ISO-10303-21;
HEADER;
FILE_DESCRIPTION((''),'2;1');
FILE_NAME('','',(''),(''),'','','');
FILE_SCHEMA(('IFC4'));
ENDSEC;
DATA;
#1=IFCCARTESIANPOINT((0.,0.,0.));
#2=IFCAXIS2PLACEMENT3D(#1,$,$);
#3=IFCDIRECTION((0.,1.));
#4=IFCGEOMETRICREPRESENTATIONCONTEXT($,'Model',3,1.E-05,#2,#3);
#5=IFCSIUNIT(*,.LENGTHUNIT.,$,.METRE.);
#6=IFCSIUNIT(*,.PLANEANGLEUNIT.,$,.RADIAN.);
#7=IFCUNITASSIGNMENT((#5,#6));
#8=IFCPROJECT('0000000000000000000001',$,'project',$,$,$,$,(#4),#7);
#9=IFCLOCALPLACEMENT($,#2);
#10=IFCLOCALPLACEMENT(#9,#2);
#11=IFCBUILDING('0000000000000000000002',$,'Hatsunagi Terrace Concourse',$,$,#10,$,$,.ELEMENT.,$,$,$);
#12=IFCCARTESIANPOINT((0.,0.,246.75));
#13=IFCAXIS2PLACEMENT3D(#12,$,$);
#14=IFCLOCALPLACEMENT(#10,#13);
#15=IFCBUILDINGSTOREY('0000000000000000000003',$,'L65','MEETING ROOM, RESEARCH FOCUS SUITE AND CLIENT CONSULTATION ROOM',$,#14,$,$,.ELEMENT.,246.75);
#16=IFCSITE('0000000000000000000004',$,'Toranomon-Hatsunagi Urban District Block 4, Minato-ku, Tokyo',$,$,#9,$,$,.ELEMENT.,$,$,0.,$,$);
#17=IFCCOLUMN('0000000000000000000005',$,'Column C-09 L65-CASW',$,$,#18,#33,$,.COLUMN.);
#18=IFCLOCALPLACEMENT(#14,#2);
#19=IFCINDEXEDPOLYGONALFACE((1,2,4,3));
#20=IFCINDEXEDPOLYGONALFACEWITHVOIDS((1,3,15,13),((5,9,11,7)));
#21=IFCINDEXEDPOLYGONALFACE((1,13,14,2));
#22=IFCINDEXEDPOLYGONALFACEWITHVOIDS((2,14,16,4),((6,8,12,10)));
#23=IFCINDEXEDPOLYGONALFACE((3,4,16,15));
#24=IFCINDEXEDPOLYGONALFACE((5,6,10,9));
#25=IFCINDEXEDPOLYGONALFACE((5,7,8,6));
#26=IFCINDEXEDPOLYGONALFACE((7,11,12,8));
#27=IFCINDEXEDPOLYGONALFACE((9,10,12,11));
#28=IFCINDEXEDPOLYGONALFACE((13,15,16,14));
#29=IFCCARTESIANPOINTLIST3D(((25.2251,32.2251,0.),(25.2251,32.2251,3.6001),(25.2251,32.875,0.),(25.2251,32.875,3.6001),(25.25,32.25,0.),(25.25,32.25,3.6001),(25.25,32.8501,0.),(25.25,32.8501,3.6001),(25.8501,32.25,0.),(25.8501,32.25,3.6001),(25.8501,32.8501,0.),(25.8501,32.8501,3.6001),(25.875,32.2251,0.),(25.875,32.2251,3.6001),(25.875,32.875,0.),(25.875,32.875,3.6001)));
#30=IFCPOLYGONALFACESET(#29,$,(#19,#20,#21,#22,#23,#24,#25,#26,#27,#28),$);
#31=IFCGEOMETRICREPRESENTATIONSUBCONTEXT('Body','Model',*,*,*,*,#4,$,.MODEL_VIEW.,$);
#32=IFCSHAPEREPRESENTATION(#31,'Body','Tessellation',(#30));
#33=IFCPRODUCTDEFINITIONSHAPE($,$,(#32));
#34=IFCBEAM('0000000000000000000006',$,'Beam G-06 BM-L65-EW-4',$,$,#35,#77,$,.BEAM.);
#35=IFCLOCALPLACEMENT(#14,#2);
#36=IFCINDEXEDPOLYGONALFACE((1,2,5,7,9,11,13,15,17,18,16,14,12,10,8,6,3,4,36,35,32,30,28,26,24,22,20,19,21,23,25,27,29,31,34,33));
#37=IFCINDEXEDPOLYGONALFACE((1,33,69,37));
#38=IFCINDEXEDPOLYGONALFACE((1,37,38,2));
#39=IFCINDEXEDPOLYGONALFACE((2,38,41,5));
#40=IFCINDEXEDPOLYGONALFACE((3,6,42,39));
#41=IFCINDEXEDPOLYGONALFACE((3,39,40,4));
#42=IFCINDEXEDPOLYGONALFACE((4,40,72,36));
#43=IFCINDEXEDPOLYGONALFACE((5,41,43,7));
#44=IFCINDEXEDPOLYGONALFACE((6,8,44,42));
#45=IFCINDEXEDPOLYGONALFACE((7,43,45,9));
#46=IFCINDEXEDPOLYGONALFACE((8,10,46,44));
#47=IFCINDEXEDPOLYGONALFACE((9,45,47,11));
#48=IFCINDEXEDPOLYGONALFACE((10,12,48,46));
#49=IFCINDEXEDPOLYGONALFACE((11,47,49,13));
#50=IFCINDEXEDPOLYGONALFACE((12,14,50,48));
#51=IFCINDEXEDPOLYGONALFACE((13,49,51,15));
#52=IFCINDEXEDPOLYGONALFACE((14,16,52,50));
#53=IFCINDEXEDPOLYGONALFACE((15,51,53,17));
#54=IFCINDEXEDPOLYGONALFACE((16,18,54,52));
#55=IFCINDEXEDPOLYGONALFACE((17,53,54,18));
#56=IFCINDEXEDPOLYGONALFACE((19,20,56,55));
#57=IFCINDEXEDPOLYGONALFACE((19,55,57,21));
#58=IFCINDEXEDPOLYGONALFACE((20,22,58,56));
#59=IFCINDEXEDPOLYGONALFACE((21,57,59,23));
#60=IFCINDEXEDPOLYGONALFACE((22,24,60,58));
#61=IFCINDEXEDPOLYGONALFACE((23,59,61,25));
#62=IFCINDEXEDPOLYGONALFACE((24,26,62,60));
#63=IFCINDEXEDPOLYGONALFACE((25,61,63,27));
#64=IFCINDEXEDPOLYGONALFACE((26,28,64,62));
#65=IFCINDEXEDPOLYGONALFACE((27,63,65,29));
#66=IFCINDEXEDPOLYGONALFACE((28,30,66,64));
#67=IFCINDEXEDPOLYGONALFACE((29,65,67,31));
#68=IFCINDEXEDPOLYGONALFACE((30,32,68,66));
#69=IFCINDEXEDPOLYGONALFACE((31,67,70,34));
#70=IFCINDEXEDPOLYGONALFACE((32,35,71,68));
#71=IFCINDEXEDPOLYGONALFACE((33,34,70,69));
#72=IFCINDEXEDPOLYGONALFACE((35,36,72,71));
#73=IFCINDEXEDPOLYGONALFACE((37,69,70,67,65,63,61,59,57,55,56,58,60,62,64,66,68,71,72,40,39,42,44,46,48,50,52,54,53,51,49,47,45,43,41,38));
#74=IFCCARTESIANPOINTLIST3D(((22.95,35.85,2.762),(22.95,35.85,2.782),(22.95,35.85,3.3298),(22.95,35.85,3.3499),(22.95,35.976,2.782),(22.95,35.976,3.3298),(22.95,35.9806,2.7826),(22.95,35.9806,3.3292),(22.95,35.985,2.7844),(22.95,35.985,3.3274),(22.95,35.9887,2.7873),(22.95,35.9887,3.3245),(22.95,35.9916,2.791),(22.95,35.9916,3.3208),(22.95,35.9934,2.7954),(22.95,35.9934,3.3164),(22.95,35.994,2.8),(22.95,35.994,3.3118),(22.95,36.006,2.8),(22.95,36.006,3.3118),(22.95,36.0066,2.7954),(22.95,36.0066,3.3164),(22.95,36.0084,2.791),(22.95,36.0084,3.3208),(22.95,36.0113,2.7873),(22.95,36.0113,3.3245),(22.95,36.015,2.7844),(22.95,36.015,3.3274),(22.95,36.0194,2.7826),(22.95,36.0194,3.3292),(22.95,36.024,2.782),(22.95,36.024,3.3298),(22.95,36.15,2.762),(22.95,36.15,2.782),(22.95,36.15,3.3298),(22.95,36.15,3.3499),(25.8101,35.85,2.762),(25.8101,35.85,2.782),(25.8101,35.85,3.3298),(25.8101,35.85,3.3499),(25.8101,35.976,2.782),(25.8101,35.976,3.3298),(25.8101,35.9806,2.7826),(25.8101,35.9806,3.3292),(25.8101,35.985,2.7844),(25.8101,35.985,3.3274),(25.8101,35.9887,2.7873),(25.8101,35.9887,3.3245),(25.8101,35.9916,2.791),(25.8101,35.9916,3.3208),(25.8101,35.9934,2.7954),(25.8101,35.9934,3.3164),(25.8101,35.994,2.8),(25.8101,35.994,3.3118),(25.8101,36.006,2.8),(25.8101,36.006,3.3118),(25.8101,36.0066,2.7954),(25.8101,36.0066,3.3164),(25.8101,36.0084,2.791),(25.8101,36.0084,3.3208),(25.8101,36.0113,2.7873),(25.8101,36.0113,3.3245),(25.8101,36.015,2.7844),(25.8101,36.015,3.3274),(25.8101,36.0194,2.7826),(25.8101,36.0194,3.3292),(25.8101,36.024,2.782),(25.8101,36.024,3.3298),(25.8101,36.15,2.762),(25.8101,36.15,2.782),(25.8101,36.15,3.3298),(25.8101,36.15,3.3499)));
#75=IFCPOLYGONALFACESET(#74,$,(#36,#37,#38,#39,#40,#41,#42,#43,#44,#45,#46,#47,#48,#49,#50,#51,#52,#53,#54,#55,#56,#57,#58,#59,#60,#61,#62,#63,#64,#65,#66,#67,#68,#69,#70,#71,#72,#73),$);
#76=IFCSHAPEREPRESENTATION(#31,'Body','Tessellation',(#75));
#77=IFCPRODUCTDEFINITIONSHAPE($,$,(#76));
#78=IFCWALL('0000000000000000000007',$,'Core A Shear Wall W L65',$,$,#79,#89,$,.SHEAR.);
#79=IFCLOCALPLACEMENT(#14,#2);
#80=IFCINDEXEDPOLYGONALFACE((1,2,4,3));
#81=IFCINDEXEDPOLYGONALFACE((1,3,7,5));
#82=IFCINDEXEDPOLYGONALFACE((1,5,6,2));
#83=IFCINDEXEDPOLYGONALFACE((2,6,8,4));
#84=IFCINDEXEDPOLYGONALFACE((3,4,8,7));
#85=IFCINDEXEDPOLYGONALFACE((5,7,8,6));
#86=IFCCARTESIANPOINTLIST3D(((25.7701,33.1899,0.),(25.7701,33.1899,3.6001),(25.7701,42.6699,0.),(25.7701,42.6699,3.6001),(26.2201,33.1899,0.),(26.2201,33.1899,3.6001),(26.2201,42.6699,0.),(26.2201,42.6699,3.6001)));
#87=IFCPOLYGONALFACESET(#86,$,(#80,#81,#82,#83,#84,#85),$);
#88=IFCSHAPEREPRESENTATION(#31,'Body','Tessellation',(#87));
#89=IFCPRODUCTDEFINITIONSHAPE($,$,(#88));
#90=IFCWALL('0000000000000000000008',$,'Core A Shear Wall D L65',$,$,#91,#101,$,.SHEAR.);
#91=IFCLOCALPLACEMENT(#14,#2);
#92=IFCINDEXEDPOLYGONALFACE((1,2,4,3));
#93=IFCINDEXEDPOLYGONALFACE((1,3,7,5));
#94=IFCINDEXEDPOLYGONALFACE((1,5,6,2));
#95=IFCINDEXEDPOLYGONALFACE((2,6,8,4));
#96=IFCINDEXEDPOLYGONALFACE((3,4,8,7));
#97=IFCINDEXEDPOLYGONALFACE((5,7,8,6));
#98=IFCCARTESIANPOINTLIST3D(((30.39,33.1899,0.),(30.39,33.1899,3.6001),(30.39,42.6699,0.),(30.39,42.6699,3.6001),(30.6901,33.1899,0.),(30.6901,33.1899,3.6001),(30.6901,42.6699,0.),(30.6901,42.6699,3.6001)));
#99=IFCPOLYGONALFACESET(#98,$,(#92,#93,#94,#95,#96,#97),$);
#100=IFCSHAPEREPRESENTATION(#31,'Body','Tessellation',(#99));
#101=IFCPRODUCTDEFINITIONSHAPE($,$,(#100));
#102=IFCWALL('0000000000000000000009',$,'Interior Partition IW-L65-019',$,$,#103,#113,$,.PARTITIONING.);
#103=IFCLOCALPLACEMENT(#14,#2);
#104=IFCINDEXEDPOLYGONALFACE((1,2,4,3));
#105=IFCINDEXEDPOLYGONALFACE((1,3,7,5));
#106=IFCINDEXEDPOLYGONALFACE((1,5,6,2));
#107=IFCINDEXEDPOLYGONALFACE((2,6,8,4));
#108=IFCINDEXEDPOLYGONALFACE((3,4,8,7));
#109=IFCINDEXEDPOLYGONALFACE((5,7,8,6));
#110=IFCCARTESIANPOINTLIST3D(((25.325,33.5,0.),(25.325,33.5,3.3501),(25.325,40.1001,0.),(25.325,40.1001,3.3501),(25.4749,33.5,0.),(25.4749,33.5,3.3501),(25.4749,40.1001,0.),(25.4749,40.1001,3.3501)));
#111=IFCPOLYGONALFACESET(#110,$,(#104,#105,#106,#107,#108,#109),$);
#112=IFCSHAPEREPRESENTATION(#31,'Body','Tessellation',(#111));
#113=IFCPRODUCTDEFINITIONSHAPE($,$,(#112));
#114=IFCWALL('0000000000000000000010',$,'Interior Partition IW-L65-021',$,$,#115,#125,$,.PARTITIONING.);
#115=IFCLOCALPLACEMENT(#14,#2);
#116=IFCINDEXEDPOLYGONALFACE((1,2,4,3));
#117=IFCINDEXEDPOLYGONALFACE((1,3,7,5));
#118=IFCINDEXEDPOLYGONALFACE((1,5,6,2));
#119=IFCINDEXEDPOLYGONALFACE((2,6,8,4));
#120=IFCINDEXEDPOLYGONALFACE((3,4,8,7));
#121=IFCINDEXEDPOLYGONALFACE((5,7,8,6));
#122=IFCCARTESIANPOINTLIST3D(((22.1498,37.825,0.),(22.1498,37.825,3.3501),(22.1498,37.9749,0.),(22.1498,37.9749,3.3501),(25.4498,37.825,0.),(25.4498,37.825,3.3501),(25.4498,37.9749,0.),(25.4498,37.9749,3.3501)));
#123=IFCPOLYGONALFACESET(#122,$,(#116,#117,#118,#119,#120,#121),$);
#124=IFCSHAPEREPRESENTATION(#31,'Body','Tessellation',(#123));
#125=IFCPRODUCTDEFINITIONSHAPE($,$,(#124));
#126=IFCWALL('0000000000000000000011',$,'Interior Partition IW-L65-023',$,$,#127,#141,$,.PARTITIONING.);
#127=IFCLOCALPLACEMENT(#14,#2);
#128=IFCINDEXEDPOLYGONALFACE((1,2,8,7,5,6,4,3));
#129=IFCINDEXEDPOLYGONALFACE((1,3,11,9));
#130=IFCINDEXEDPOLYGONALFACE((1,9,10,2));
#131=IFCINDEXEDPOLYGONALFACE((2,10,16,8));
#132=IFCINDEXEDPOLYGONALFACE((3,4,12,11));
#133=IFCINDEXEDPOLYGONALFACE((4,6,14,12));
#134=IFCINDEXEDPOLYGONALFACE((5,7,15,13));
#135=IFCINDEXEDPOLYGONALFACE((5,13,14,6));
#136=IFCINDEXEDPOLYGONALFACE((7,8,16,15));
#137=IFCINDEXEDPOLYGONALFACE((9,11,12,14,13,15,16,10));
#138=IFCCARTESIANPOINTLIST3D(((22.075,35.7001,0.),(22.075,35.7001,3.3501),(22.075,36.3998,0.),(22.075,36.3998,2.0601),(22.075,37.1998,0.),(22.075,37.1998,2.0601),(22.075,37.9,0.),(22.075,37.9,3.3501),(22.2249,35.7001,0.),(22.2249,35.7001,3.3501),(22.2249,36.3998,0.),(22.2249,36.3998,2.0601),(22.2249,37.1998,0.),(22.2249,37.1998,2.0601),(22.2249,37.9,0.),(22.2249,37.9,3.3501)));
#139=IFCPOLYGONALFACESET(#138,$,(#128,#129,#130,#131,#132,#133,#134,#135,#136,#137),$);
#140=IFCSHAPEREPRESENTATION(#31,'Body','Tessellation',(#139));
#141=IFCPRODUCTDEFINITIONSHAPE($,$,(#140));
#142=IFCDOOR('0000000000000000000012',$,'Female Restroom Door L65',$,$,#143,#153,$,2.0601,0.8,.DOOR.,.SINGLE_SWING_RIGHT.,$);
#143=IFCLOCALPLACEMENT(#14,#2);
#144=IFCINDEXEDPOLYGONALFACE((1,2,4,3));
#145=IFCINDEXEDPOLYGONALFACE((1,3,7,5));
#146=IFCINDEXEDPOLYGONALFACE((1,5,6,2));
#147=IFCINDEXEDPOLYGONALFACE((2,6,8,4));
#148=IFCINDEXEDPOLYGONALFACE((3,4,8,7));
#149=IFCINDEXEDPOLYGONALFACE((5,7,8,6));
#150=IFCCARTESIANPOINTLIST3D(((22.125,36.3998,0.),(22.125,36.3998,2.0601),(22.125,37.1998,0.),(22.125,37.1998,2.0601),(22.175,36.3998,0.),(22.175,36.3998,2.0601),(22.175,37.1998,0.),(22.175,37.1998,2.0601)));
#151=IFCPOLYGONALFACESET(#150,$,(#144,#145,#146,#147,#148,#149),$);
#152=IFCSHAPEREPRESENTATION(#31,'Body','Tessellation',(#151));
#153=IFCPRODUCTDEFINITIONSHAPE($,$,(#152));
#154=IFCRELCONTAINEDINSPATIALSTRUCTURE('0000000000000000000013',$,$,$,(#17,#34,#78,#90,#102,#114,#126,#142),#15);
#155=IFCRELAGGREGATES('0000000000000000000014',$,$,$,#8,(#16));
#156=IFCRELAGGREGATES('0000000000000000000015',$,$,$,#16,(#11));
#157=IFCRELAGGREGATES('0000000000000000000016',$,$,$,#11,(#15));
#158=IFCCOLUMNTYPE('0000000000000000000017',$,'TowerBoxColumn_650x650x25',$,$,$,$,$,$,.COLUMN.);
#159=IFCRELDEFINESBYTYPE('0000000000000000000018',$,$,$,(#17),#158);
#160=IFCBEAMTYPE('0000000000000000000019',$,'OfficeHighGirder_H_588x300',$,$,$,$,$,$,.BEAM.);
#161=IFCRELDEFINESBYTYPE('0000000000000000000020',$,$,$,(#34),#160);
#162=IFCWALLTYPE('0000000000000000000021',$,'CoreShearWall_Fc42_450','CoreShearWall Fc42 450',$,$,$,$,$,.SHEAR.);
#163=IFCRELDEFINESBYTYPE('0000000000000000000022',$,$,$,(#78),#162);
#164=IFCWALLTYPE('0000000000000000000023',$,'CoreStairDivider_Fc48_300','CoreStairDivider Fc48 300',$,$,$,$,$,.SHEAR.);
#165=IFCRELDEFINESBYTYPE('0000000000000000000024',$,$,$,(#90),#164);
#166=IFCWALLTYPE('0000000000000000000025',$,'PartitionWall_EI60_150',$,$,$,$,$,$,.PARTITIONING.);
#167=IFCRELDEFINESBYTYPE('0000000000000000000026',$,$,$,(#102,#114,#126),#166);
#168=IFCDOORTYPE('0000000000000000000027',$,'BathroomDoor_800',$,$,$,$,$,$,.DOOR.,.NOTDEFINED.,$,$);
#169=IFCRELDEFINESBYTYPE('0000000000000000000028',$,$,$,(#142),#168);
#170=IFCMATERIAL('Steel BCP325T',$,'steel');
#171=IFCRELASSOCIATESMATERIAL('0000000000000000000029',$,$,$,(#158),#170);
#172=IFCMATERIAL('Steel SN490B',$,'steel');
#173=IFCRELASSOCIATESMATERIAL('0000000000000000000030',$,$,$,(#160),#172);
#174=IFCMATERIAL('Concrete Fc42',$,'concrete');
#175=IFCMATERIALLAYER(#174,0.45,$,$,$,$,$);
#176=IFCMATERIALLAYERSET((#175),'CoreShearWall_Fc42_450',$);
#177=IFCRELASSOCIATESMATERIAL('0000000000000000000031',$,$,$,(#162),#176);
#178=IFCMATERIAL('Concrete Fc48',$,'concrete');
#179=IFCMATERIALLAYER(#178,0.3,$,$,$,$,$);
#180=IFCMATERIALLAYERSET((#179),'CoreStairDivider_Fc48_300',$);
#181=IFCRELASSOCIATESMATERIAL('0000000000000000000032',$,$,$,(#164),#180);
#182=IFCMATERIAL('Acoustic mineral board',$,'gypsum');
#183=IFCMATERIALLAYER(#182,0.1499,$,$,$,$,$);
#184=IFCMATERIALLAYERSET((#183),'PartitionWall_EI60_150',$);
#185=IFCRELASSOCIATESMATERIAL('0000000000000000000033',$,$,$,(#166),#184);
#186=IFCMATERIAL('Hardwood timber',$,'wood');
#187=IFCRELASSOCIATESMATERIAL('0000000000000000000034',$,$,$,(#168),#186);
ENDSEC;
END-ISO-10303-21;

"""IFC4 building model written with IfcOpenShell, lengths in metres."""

from ifc_helpers import new_model, si_unit, direction, frame, frame_2d, origin, origin_2d, place, context, subcontext, project, spatial, rectangle, hollow_rectangle, i_section, extrude, material, layer, layer_set, material_profile, profile_set, type_object, element, fill, save


model = new_model("IFC4")

# Units and contexts
model_context = context("Model", 3, precision=1e-05, world=origin(), true_north=direction((0.0, 1.0)))
body_context = subcontext(model_context, "Body", "Model", "MODEL_VIEW")
ifc_project = project(units=[si_unit("LENGTHUNIT", "METRE"), si_unit("PLANEANGLEUNIT", "RADIAN")], contexts=[model_context])

# Site, building, storey
site_placement = place(None, origin())
site = spatial("IfcSite", under=ifc_project, at=site_placement, Name="Toranomon-Hatsunagi Urban District Block 4, Minato-ku, Tokyo", CompositionType="ELEMENT", RefElevation=0.0)
building_placement = place(site_placement, origin())
building = spatial("IfcBuilding", under=site, at=building_placement, Name="Hatsunagi Terrace Concourse", CompositionType="ELEMENT")
storey_placement = place(building_placement, frame((0.0, 0.0, 246.75)))
storey = spatial("IfcBuildingStorey", under=building, at=storey_placement, Name="L65", Description="MEETING ROOM, RESEARCH FOCUS SUITE AND CLIENT CONSULTATION ROOM", CompositionType="ELEMENT", Elevation=246.75)

# Column
ifc_material_1 = material(Name="Steel BCP325T", Category="steel")
ifc_material_profile_1 = material_profile(ifc_material_1, hollow_rectangle(XDim=0.6499, YDim=0.6499, WallThickness=0.0249, at=origin_2d()), Name="BCP-650x650x25")
ifc_profile_set_1 = profile_set([ifc_material_profile_1], Name="Steel BCP325T")
column_type = type_object("IfcColumnType", Name="TowerBoxColumn_650x650x25", PredefinedType="COLUMN", material=ifc_profile_set_1)
column_placement = place(storey_placement, frame((25.55, 32.55, 0.0), z_axis=(0.0, 0.0, 1.0), x_axis=(1.0, 0.0, 0.0)))
element("IfcColumn", 1, at=column_placement, inside=storey, type_object=column_type, Name="Column C-09 L65-CASW", PredefinedType="COLUMN", context=body_context, shape_type="SweptSolid", body=[
    extrude(hollow_rectangle(XDim=0.6499, YDim=0.6499, WallThickness=0.0249, at=origin_2d()), origin(), (0.0, 0.0, 1.0), 3.6001),
])

# Beam
ifc_material_2 = material(Name="Steel SN490B", Category="steel")
ifc_material_profile_2 = material_profile(ifc_material_2, i_section(OverallWidth=0.3, OverallDepth=0.5879, WebThickness=0.012, FlangeThickness=0.02, FilletRadius=0.0181, at=origin_2d()), Name="H-588x300x12x20")
ifc_profile_set_2 = profile_set([ifc_material_profile_2], Name="Steel SN490B")
beam_type = type_object("IfcBeamType", Name="OfficeHighGirder_H_588x300", PredefinedType="BEAM", material=ifc_profile_set_2)
beam_placement = place(storey_placement, frame((22.95, 36.0, 3.0559), z_axis=(1.0, 0.0, 0.0), x_axis=(0.0, 1.0, 0.0)))
element("IfcBeam", 2, at=beam_placement, inside=storey, type_object=beam_type, Name="Beam G-06 BM-L65-EW-4", PredefinedType="BEAM", context=body_context, shape_type="SweptSolid", body=[
    extrude(i_section(OverallWidth=0.3, OverallDepth=0.5879, WebThickness=0.012, FlangeThickness=0.02, FilletRadius=0.0181, at=origin_2d()), origin(), (0.0, 0.0, 1.0), 2.8601),
])

# Shared definitions
ifc_material_3 = material(Name="Concrete Fc42", Category="concrete")
ifc_layer_1 = layer(ifc_material_3, 0.45)
ifc_layer_set_1 = layer_set([ifc_layer_1], Name="CoreShearWall_Fc42_450")
wall_type_1 = type_object("IfcWallType", Name="CoreShearWall_Fc42_450", Description="CoreShearWall Fc42 450", PredefinedType="SHEAR", material=ifc_layer_set_1)

# Walls
wall_1_placement = place(storey_placement, frame((25.9951, 33.1899, 0.0), z_axis=(0.0, 0.0, 1.0), x_axis=(0.0, 1.0, 0.0)))
element("IfcWall", 3, at=wall_1_placement, inside=storey, type_object=wall_type_1, Name="Core A Shear Wall W L65", PredefinedType="SHEAR", context=body_context, shape_type="SweptSolid", body=[
    extrude(rectangle(XDim=9.48, YDim=0.45, at=frame_2d((4.74, 0.0))), origin(), (0.0, 0.0, 1.0), 3.6001),
])
ifc_material_4 = material(Name="Concrete Fc48", Category="concrete")
ifc_layer_2 = layer(ifc_material_4, 0.3)
ifc_layer_set_2 = layer_set([ifc_layer_2], Name="CoreStairDivider_Fc48_300")
wall_type_2 = type_object("IfcWallType", Name="CoreStairDivider_Fc48_300", Description="CoreStairDivider Fc48 300", PredefinedType="SHEAR", material=ifc_layer_set_2)
wall_2_placement = place(storey_placement, frame((30.54, 33.1899, 0.0), z_axis=(0.0, 0.0, 1.0), x_axis=(0.0, 1.0, 0.0)))
element("IfcWall", 4, at=wall_2_placement, inside=storey, type_object=wall_type_2, Name="Core A Shear Wall D L65", PredefinedType="SHEAR", context=body_context, shape_type="SweptSolid", body=[
    extrude(rectangle(XDim=9.48, YDim=0.3, at=frame_2d((4.74, 0.0))), origin(), (0.0, 0.0, 1.0), 3.6001),
])
ifc_material_5 = material(Name="Acoustic mineral board", Category="gypsum")
ifc_layer_3 = layer(ifc_material_5, 0.1499)
ifc_layer_set_3 = layer_set([ifc_layer_3], Name="PartitionWall_EI60_150")
wall_type_3 = type_object("IfcWallType", Name="PartitionWall_EI60_150", PredefinedType="PARTITIONING", material=ifc_layer_set_3)
wall_3_placement = place(storey_placement, frame((25.3999, 33.5, 0.0), z_axis=(0.0, 0.0, 1.0), x_axis=(0.0, 1.0, 0.0)))
element("IfcWall", 5, at=wall_3_placement, inside=storey, type_object=wall_type_3, Name="Interior Partition IW-L65-019", PredefinedType="PARTITIONING", context=body_context, shape_type="SweptSolid", body=[
    extrude(rectangle(XDim=6.6001, YDim=0.1499, at=frame_2d((3.3, 0.0))), origin(), (0.0, 0.0, 1.0), 3.3501),
])
wall_4_placement = place(storey_placement, frame((22.1499, 37.8999, 0.0), z_axis=(0.0, 0.0, 1.0), x_axis=(1.0, 0.0, 0.0)))
element("IfcWall", 6, at=wall_4_placement, inside=storey, type_object=wall_type_3, Name="Interior Partition IW-L65-021", PredefinedType="PARTITIONING", context=body_context, shape_type="SweptSolid", body=[
    extrude(rectangle(XDim=3.3, YDim=0.1499, at=frame_2d((1.6499, 0.0))), origin(), (0.0, 0.0, 1.0), 3.3501),
])

# Wall, opening, door
wall_5_placement = place(storey_placement, frame((22.1499, 35.7, 0.0), z_axis=(0.0, 0.0, 1.0), x_axis=(0.0, 1.0, 0.0)))
wall_5 = element("IfcWall", 7, at=wall_5_placement, inside=storey, type_object=wall_type_3, Name="Interior Partition IW-L65-023", PredefinedType="PARTITIONING", context=body_context, shape_type="SweptSolid", body=[
    extrude(rectangle(XDim=2.2, YDim=0.1499, at=frame_2d((1.1001, 0.0))), origin(), (0.0, 0.0, 1.0), 3.3501),
])
opening_1_placement = place(wall_5_placement, frame((0.7, 0.0, 0.0)))
opening_1 = element("IfcOpeningElement", 8, at=opening_1_placement, cuts=wall_5, PredefinedType="OPENING", context=body_context, shape_type="SweptSolid", body=[
    extrude(rectangle(XDim=0.8, YDim=2.0601, at=frame_2d((0.3999, 1.03))), frame((0.0, 0.085, 0.0), z_axis=(0.0, -1.0, 0.0), x_axis=(1.0, 0.0, 0.0)), (0.0, 0.0, 1.0), 0.1699),
])
ifc_material_6 = material(Name="Hardwood timber", Category="wood")
door_type_1 = type_object("IfcDoorType", Name="BathroomDoor_800", OperationType="NOTDEFINED", PredefinedType="DOOR", material=ifc_material_6)
door_1_placement = place(opening_1_placement, origin())
door_1 = element("IfcDoor", 9, at=door_1_placement, inside=storey, type_object=door_type_1, Name="Female Restroom Door L65", OperationType="SINGLE_SWING_RIGHT", OverallHeight=2.0601, OverallWidth=0.8, PredefinedType="DOOR", context=body_context, shape_type="SweptSolid", body=[
    extrude(rectangle(XDim=0.8, YDim=2.0601, at=frame_2d((0.3999, 1.03))), frame((0.0, 0.0249, 0.0), z_axis=(0.0, -1.0, 0.0), x_axis=(1.0, 0.0, 0.0)), (0.0, 0.0, 1.0), 0.05),
])
fill(opening_1, door_1)

save(model, "model.ifc")
